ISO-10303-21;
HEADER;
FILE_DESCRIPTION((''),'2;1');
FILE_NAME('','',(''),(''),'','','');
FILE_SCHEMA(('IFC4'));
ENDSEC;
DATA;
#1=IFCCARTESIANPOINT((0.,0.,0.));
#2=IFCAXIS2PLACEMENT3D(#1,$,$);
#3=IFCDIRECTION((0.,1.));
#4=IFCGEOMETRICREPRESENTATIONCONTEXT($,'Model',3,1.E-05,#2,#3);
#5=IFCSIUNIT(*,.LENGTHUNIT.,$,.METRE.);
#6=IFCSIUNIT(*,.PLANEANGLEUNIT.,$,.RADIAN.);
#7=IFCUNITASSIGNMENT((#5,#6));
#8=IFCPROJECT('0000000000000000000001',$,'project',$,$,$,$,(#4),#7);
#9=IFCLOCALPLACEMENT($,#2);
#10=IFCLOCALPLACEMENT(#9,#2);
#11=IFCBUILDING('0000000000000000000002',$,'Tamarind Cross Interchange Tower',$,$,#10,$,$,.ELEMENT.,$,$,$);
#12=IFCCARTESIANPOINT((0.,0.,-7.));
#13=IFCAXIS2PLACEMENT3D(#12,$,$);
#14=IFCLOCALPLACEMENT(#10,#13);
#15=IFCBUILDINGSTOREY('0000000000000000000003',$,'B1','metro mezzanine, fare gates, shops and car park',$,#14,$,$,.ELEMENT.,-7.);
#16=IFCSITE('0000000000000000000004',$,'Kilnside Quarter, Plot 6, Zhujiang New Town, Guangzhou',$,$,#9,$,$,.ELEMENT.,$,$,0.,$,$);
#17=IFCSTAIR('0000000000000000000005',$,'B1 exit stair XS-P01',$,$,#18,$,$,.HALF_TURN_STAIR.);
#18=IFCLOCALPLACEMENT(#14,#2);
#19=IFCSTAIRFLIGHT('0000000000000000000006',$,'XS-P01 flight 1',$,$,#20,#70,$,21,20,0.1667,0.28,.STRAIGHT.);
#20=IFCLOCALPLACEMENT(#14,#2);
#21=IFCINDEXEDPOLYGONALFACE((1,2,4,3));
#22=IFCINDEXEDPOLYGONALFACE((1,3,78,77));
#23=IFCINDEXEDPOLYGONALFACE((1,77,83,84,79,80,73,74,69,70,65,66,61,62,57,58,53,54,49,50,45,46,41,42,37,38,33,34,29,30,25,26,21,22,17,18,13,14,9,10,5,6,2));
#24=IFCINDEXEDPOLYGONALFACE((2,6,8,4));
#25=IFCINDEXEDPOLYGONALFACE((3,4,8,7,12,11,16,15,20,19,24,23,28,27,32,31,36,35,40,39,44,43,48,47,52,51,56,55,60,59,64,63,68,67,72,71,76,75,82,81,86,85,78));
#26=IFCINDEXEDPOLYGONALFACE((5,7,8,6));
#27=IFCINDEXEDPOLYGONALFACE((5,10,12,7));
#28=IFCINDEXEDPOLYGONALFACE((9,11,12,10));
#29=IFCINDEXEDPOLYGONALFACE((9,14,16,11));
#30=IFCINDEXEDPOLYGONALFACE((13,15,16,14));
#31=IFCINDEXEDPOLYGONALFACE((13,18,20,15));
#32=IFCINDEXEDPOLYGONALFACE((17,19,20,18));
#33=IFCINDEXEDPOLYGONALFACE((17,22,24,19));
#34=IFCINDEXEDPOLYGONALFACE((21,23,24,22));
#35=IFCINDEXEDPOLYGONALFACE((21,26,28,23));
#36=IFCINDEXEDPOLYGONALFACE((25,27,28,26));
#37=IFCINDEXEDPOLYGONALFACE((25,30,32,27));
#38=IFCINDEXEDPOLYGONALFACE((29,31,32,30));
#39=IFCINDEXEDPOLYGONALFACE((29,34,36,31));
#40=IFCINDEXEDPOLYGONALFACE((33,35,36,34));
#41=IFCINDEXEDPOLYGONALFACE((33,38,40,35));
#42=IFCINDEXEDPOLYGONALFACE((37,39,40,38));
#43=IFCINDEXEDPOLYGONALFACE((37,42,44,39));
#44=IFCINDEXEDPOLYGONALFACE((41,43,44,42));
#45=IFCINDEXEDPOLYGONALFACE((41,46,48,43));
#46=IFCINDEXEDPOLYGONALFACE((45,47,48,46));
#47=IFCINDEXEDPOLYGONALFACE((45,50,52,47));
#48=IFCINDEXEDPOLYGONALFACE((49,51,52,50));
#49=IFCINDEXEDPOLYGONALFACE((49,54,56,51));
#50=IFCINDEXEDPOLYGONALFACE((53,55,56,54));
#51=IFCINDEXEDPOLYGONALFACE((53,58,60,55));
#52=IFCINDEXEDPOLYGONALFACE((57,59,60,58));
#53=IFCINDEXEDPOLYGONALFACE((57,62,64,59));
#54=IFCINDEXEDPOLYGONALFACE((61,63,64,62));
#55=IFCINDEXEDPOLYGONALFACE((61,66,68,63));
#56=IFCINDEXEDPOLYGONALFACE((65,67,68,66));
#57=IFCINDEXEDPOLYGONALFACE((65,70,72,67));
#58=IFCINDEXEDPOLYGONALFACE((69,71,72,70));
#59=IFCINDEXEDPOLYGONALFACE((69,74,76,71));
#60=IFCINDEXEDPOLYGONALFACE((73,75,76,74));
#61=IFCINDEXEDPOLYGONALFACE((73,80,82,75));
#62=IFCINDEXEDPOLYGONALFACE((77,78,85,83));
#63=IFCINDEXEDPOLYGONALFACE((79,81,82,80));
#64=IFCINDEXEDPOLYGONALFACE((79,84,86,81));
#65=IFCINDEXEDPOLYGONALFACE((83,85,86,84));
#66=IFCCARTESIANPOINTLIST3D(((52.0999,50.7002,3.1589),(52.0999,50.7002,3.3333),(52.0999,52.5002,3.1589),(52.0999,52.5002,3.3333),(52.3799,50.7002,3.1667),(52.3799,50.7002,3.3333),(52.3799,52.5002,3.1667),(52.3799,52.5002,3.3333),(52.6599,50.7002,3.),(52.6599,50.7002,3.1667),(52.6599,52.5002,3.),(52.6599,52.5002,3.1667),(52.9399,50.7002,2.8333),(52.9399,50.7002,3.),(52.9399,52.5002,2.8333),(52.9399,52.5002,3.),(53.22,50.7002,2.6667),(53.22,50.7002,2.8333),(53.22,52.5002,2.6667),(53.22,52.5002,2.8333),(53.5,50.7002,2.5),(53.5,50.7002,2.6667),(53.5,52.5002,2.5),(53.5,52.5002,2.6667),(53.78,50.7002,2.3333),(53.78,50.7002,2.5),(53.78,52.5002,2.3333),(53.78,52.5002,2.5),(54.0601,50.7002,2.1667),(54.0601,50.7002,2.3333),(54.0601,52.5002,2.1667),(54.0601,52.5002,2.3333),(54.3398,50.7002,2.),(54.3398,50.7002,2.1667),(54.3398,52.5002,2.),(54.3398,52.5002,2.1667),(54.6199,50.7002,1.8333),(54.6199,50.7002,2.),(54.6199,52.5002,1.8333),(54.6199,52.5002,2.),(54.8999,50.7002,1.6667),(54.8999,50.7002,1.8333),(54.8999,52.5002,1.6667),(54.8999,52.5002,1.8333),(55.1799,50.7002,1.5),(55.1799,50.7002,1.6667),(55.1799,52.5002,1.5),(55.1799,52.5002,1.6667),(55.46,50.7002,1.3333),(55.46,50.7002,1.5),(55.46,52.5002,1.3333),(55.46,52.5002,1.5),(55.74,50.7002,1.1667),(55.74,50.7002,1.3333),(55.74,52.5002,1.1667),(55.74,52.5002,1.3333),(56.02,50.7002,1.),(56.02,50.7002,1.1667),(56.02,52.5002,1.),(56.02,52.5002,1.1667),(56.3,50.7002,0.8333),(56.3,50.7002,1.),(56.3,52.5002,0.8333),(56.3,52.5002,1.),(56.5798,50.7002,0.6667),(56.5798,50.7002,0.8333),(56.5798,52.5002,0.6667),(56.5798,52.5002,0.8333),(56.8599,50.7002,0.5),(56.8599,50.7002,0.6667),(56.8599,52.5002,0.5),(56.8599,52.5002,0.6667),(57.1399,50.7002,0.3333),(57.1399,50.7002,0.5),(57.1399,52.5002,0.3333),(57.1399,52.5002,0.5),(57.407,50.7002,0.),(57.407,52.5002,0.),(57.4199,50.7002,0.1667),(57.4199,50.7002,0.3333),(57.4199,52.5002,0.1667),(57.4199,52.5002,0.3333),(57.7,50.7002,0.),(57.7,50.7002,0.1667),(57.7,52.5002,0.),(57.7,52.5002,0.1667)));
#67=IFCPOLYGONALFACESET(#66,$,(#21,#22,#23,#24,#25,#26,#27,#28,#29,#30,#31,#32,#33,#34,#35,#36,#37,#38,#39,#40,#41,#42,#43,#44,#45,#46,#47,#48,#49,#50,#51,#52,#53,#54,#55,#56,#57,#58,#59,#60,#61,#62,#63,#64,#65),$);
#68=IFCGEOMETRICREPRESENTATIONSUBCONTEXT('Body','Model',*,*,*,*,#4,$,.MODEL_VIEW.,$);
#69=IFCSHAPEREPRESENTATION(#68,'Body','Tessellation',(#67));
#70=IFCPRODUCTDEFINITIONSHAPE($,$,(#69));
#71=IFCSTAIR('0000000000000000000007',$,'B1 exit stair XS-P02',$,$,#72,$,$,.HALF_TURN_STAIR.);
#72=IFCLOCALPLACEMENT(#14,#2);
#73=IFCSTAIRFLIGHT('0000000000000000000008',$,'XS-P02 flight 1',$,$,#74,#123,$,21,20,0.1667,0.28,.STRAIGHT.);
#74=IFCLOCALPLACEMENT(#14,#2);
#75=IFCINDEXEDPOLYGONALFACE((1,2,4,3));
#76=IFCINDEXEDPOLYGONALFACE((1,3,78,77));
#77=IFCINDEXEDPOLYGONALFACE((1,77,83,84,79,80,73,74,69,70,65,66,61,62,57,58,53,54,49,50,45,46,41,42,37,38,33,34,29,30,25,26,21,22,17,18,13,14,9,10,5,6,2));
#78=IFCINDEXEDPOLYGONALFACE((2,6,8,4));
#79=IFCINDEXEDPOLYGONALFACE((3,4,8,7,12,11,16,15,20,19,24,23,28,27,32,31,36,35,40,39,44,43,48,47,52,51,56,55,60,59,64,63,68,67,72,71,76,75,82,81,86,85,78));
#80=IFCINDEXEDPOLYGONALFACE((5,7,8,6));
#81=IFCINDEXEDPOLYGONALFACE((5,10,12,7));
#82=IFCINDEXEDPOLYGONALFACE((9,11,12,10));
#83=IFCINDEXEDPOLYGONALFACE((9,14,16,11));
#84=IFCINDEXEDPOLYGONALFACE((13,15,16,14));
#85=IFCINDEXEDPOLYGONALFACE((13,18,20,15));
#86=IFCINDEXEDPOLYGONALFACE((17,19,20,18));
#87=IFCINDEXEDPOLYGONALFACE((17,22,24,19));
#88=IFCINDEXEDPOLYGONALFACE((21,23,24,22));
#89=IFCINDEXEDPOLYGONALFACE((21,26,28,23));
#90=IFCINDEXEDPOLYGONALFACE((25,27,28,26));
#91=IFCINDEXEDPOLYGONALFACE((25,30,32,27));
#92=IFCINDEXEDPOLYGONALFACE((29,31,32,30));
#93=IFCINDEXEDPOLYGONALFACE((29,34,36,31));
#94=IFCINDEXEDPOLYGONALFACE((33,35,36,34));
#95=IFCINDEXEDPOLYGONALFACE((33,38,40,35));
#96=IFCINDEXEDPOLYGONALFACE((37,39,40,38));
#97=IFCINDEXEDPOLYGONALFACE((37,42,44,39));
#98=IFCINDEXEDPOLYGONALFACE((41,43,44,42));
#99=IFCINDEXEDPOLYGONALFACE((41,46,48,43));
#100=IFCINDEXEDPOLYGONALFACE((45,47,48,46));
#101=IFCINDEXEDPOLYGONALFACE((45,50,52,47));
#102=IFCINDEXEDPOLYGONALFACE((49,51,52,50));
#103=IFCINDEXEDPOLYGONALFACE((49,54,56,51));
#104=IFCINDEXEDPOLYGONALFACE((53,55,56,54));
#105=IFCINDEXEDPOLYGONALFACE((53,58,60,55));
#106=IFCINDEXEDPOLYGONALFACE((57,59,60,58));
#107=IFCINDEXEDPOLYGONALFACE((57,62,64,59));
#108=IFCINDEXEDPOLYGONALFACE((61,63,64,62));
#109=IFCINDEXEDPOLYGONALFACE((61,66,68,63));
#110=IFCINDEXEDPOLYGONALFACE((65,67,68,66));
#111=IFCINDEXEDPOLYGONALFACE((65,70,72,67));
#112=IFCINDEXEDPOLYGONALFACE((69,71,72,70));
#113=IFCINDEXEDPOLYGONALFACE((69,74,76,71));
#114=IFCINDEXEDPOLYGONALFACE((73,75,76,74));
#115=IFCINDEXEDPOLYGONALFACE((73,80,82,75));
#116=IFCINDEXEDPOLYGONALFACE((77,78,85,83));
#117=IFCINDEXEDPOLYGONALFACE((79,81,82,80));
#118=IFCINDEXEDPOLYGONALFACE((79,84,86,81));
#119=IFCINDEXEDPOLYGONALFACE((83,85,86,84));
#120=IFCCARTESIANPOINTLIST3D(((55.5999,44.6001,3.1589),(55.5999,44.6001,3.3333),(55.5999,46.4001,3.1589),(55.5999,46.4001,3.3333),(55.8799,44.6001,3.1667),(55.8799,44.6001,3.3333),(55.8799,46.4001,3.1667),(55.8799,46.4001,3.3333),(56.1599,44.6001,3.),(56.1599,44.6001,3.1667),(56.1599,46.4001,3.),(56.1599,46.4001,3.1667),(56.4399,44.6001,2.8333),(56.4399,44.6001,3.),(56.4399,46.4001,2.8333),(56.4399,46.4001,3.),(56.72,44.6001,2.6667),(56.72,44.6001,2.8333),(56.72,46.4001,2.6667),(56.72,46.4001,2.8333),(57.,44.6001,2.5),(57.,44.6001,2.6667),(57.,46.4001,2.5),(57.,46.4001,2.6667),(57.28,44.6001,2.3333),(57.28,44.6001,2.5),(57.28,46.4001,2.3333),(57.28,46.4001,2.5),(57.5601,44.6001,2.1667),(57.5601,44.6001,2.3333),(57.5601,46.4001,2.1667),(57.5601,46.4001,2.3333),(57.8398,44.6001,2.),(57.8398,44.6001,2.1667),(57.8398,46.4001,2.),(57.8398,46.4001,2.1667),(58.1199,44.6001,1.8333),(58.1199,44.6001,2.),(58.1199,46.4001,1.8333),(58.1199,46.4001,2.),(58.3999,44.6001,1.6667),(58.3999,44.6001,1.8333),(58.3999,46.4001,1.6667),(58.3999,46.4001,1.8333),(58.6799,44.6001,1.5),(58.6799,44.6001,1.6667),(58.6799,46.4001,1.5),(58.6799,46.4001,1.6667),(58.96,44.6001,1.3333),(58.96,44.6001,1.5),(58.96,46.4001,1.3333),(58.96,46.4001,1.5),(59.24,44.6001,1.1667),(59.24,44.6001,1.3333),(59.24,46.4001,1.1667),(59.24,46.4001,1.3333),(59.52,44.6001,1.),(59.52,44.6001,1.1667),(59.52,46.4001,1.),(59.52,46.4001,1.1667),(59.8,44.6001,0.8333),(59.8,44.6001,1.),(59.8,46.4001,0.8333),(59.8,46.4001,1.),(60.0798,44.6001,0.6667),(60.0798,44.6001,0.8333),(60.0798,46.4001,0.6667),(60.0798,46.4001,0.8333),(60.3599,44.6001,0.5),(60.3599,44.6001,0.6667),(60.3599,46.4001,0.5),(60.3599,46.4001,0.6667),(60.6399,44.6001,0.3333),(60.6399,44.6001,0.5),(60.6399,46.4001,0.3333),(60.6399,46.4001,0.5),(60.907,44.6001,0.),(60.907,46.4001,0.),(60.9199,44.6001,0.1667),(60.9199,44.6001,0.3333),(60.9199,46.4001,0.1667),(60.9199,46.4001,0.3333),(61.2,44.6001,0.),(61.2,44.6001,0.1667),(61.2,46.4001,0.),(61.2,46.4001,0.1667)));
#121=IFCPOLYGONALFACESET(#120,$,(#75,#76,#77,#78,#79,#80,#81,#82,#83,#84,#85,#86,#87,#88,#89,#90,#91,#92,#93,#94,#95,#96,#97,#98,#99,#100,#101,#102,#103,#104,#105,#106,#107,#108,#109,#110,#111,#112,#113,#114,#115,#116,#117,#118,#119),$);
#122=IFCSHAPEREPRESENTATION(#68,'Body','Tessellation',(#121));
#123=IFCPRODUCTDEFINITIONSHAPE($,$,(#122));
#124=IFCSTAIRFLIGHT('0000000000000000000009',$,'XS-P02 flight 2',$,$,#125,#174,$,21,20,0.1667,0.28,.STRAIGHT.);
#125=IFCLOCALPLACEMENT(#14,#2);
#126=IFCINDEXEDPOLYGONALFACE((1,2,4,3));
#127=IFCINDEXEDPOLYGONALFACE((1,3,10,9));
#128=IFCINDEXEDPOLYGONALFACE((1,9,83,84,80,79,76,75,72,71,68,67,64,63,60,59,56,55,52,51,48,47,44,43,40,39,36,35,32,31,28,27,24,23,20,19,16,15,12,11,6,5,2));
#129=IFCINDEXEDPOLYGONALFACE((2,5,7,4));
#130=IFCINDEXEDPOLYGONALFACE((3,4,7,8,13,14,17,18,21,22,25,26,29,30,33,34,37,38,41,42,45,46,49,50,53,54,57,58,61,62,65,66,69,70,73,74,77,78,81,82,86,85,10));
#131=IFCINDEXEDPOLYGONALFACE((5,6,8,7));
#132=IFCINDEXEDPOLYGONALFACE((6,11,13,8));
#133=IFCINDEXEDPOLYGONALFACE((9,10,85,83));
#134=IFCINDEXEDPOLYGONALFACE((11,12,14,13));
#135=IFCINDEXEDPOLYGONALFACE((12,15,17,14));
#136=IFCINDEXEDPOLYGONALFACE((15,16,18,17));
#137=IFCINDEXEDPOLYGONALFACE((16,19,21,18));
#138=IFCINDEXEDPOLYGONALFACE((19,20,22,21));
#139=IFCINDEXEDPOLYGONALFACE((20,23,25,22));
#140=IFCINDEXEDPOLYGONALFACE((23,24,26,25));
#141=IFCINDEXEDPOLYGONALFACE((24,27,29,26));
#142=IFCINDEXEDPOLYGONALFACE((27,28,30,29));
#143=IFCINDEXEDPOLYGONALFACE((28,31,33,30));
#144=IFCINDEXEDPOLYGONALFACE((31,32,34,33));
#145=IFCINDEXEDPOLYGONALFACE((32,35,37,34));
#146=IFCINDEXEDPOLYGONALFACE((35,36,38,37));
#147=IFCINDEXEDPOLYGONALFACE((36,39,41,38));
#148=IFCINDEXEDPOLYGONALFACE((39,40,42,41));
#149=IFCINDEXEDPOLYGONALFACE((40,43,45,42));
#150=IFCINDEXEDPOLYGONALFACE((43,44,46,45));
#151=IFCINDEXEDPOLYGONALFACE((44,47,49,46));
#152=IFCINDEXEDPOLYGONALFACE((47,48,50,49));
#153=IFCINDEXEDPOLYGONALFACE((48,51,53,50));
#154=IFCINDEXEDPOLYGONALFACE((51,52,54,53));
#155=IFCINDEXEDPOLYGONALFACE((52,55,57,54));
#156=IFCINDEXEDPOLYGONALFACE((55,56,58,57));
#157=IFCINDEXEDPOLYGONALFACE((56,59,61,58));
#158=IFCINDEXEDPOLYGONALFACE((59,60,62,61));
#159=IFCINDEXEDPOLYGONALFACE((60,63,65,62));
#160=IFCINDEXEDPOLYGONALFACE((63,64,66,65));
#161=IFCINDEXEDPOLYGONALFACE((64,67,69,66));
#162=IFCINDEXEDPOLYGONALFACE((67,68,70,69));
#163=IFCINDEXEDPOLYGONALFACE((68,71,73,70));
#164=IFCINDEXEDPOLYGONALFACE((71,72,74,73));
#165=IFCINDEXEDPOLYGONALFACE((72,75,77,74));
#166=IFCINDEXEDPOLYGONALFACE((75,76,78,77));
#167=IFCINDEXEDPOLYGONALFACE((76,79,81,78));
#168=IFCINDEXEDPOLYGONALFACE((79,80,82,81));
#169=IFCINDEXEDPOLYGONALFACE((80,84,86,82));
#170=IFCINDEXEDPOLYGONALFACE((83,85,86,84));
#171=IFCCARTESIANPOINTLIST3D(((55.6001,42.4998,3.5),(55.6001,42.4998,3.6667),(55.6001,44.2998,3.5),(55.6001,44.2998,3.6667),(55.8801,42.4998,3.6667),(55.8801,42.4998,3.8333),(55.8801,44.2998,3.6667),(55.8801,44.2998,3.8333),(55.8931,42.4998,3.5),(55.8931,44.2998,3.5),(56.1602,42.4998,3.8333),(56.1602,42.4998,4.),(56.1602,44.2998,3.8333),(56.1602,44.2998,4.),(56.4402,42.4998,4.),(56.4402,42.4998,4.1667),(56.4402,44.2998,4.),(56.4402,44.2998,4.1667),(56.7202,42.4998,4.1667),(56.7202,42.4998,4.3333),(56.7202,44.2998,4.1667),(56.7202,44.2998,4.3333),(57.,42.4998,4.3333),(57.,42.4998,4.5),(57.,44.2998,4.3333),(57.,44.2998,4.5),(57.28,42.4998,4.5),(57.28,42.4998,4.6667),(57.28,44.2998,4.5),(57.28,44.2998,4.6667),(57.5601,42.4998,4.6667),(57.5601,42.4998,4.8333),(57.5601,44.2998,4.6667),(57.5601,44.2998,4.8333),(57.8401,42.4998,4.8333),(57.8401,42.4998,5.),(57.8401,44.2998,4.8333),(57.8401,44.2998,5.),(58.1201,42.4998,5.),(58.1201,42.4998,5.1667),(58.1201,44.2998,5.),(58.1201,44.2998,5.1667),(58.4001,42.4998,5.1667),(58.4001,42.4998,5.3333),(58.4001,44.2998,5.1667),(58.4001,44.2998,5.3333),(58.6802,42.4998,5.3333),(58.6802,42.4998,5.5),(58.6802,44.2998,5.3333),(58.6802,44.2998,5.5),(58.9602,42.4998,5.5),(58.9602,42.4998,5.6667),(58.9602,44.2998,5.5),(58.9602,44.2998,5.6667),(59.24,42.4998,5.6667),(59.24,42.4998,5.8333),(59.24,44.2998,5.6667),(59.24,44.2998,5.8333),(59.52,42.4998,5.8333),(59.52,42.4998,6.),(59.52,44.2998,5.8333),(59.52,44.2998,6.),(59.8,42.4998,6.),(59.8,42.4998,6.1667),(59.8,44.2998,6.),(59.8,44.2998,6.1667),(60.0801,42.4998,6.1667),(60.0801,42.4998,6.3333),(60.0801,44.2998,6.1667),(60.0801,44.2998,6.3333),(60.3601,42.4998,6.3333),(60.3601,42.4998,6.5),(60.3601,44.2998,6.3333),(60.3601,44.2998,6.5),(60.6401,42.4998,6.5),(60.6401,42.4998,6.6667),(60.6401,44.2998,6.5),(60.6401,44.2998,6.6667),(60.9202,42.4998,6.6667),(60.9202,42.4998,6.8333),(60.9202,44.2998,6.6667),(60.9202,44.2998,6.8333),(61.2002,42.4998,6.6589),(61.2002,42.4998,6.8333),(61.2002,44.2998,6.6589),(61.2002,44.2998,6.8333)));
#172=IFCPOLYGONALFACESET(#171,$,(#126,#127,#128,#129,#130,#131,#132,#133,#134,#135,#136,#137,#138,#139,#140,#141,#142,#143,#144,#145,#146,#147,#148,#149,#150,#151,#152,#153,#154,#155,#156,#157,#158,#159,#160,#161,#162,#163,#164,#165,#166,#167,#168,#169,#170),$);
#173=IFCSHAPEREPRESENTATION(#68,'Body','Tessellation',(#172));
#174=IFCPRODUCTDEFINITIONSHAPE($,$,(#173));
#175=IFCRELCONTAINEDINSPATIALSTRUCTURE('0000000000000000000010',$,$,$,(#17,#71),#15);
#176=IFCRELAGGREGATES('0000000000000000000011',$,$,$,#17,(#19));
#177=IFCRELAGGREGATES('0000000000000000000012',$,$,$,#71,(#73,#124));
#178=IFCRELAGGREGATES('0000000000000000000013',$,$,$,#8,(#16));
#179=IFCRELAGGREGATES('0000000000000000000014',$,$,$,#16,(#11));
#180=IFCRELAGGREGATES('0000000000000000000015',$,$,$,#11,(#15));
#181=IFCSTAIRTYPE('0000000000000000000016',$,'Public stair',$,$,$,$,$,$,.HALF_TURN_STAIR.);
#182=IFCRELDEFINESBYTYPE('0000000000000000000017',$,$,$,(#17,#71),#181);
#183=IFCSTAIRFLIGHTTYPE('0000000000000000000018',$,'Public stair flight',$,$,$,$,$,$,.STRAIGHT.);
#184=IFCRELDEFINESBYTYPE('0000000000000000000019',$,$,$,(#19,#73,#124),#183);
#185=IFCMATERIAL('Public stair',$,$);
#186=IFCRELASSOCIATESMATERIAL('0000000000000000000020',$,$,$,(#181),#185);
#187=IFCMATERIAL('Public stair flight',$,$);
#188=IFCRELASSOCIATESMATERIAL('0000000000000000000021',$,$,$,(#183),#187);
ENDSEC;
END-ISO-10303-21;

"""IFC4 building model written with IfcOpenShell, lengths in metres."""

from ifc_helpers import new_model, si_unit, direction, frame, origin, place, context, subcontext, project, spatial, polyline, outline, extrude, material, type_object, element, aggregate, save


model = new_model("IFC4")

# Units and contexts
model_context = context("Model", 3, precision=1e-05, world=origin(), true_north=direction((0.0, 1.0)))
body_context = subcontext(model_context, "Body", "Model", "MODEL_VIEW")
ifc_project = project(units=[si_unit("LENGTHUNIT", "METRE"), si_unit("PLANEANGLEUNIT", "RADIAN")], contexts=[model_context])

# Site, building, storey
site_placement = place(None, origin())
site = spatial("IfcSite", under=ifc_project, at=site_placement, Name="Kilnside Quarter, Plot 6, Zhujiang New Town, Guangzhou", CompositionType="ELEMENT", RefElevation=0.0)
building_placement = place(site_placement, origin())
building = spatial("IfcBuilding", under=site, at=building_placement, Name="Tamarind Cross Interchange Tower", CompositionType="ELEMENT")
storey_placement = place(building_placement, frame((0.0, 0.0, -7.0)))
storey = spatial("IfcBuildingStorey", under=building, at=storey_placement, Name="B1", Description="metro mezzanine, fare gates, shops and car park", CompositionType="ELEMENT", Elevation=-7.0)

# Stair, stair flight
ifc_material_1 = material(Name="Public stair")
stair_type = type_object("IfcStairType", Name="Public stair", PredefinedType="HALF_TURN_STAIR", material=ifc_material_1)
stair_1_placement = place(storey_placement, origin())
stair_1 = element("IfcStair", 1, at=stair_1_placement, inside=storey, type_object=stair_type, Name="B1 exit stair XS-P01", PredefinedType="HALF_TURN_STAIR")
ifc_material_2 = material(Name="Public stair flight")
stair_flight_type = type_object("IfcStairFlightType", Name="Public stair flight", PredefinedType="STRAIGHT", material=ifc_material_2)
stair_flight_1_placement = place(storey_placement, frame((57.7, 51.6001, 0.0), z_axis=(0.0, 0.0, 1.0), x_axis=(-1.0, 0.0, 0.0)))
stair_flight_1 = element("IfcStairFlight", 2, at=stair_flight_1_placement, type_object=stair_flight_type, Name="XS-P01 flight 1", NumberOfRisers=21, NumberOfTreads=20, PredefinedType="STRAIGHT", RiserHeight=0.1667, TreadLength=0.28, context=body_context, shape_type="SweptSolid", body=[
    extrude(outline(polyline([(0.0, 0.0), (0.0, 0.1667), (0.28, 0.1667), (0.28, 0.3333), (0.5601, 0.3333), (0.5601, 0.5), (0.8401, 0.5), (0.8401, 0.6667), (1.1201, 0.6667), (1.1201, 0.8333), (1.3999, 0.8333), (1.3999, 1.0), (1.6799, 1.0), (1.6799, 1.1667), (1.96, 1.1667), (1.96, 1.3333), (2.24, 1.3333), (2.24, 1.5), (2.52, 1.5), (2.52, 1.6667), (2.8, 1.6667), (2.8, 1.8333), (3.0801, 1.8333), (3.0801, 2.0), (3.3601, 2.0), (3.3601, 2.1667), (3.6399, 2.1667), (3.6399, 2.3333), (3.9199, 2.3333), (3.9199, 2.5), (4.2, 2.5), (4.2, 2.6667), (4.48, 2.6667), (4.48, 2.8333), (4.76, 2.8333), (4.76, 3.0), (5.04, 3.0), (5.04, 3.1667), (5.3201, 3.1667), (5.3201, 3.3333), (5.6001, 3.3333), (5.6001, 3.5), (5.6001, 3.1589), (0.293, 0.0), (0.0, 0.0)])), frame((0.0, 0.8999, 0.0), z_axis=(0.0, -1.0, 0.0), x_axis=(1.0, 0.0, 0.0)), (0.0, 0.0, 1.0), 1.8),
])
aggregate(stair_1, [stair_flight_1])

# Stair, stair flights
stair_2_placement = place(storey_placement, origin())
stair_2 = element("IfcStair", 3, at=stair_2_placement, inside=storey, type_object=stair_type, Name="B1 exit stair XS-P02", PredefinedType="HALF_TURN_STAIR")
stair_flight_2_placement = place(storey_placement, frame((61.2, 45.5, 0.0), z_axis=(0.0, 0.0, 1.0), x_axis=(-1.0, 0.0, 0.0)))
stair_flight_2 = element("IfcStairFlight", 4, at=stair_flight_2_placement, type_object=stair_flight_type, Name="XS-P02 flight 1", NumberOfRisers=21, NumberOfTreads=20, PredefinedType="STRAIGHT", RiserHeight=0.1667, TreadLength=0.28, context=body_context, shape_type="SweptSolid", body=[
    extrude(outline(polyline([(0.0, 0.0), (0.0, 0.1667), (0.28, 0.1667), (0.28, 0.3333), (0.5601, 0.3333), (0.5601, 0.5), (0.8401, 0.5), (0.8401, 0.6667), (1.1201, 0.6667), (1.1201, 0.8333), (1.3999, 0.8333), (1.3999, 1.0), (1.6799, 1.0), (1.6799, 1.1667), (1.96, 1.1667), (1.96, 1.3333), (2.24, 1.3333), (2.24, 1.5), (2.52, 1.5), (2.52, 1.6667), (2.8, 1.6667), (2.8, 1.8333), (3.0801, 1.8333), (3.0801, 2.0), (3.3601, 2.0), (3.3601, 2.1667), (3.6399, 2.1667), (3.6399, 2.3333), (3.9199, 2.3333), (3.9199, 2.5), (4.2, 2.5), (4.2, 2.6667), (4.48, 2.6667), (4.48, 2.8333), (4.76, 2.8333), (4.76, 3.0), (5.04, 3.0), (5.04, 3.1667), (5.3201, 3.1667), (5.3201, 3.3333), (5.6001, 3.3333), (5.6001, 3.5), (5.6001, 3.1589), (0.293, 0.0), (0.0, 0.0)])), frame((0.0, 0.8999, 0.0), z_axis=(0.0, -1.0, 0.0), x_axis=(1.0, 0.0, 0.0)), (0.0, 0.0, 1.0), 1.8),
])
stair_flight_3_placement = place(storey_placement, frame((55.6001, 43.3999, 3.5), z_axis=(0.0, 0.0, 1.0), x_axis=(1.0, 0.0, 0.0)))
stair_flight_3 = element("IfcStairFlight", 5, at=stair_flight_3_placement, type_object=stair_flight_type, Name="XS-P02 flight 2", NumberOfRisers=21, NumberOfTreads=20, PredefinedType="STRAIGHT", RiserHeight=0.1667, TreadLength=0.28, context=body_context, shape_type="SweptSolid", body=[
    extrude(outline(polyline([(0.0, 0.0), (0.0, 0.1667), (0.28, 0.1667), (0.28, 0.3333), (0.5601, 0.3333), (0.5601, 0.5), (0.8401, 0.5), (0.8401, 0.6667), (1.1201, 0.6667), (1.1201, 0.8333), (1.3999, 0.8333), (1.3999, 1.0), (1.6799, 1.0), (1.6799, 1.1667), (1.96, 1.1667), (1.96, 1.3333), (2.24, 1.3333), (2.24, 1.5), (2.52, 1.5), (2.52, 1.6667), (2.8, 1.6667), (2.8, 1.8333), (3.0801, 1.8333), (3.0801, 2.0), (3.3601, 2.0), (3.3601, 2.1667), (3.6399, 2.1667), (3.6399, 2.3333), (3.9199, 2.3333), (3.9199, 2.5), (4.2, 2.5), (4.2, 2.6667), (4.48, 2.6667), (4.48, 2.8333), (4.76, 2.8333), (4.76, 3.0), (5.04, 3.0), (5.04, 3.1667), (5.3201, 3.1667), (5.3201, 3.3333), (5.6001, 3.3333), (5.6001, 3.5), (5.6001, 3.1589), (0.293, 0.0), (0.0, 0.0)])), frame((0.0, 0.8999, 0.0), z_axis=(0.0, -1.0, 0.0), x_axis=(1.0, 0.0, 0.0)), (0.0, 0.0, 1.0), 1.8),
])
aggregate(stair_2, [stair_flight_2, stair_flight_3])

save(model, "model.ifc")
